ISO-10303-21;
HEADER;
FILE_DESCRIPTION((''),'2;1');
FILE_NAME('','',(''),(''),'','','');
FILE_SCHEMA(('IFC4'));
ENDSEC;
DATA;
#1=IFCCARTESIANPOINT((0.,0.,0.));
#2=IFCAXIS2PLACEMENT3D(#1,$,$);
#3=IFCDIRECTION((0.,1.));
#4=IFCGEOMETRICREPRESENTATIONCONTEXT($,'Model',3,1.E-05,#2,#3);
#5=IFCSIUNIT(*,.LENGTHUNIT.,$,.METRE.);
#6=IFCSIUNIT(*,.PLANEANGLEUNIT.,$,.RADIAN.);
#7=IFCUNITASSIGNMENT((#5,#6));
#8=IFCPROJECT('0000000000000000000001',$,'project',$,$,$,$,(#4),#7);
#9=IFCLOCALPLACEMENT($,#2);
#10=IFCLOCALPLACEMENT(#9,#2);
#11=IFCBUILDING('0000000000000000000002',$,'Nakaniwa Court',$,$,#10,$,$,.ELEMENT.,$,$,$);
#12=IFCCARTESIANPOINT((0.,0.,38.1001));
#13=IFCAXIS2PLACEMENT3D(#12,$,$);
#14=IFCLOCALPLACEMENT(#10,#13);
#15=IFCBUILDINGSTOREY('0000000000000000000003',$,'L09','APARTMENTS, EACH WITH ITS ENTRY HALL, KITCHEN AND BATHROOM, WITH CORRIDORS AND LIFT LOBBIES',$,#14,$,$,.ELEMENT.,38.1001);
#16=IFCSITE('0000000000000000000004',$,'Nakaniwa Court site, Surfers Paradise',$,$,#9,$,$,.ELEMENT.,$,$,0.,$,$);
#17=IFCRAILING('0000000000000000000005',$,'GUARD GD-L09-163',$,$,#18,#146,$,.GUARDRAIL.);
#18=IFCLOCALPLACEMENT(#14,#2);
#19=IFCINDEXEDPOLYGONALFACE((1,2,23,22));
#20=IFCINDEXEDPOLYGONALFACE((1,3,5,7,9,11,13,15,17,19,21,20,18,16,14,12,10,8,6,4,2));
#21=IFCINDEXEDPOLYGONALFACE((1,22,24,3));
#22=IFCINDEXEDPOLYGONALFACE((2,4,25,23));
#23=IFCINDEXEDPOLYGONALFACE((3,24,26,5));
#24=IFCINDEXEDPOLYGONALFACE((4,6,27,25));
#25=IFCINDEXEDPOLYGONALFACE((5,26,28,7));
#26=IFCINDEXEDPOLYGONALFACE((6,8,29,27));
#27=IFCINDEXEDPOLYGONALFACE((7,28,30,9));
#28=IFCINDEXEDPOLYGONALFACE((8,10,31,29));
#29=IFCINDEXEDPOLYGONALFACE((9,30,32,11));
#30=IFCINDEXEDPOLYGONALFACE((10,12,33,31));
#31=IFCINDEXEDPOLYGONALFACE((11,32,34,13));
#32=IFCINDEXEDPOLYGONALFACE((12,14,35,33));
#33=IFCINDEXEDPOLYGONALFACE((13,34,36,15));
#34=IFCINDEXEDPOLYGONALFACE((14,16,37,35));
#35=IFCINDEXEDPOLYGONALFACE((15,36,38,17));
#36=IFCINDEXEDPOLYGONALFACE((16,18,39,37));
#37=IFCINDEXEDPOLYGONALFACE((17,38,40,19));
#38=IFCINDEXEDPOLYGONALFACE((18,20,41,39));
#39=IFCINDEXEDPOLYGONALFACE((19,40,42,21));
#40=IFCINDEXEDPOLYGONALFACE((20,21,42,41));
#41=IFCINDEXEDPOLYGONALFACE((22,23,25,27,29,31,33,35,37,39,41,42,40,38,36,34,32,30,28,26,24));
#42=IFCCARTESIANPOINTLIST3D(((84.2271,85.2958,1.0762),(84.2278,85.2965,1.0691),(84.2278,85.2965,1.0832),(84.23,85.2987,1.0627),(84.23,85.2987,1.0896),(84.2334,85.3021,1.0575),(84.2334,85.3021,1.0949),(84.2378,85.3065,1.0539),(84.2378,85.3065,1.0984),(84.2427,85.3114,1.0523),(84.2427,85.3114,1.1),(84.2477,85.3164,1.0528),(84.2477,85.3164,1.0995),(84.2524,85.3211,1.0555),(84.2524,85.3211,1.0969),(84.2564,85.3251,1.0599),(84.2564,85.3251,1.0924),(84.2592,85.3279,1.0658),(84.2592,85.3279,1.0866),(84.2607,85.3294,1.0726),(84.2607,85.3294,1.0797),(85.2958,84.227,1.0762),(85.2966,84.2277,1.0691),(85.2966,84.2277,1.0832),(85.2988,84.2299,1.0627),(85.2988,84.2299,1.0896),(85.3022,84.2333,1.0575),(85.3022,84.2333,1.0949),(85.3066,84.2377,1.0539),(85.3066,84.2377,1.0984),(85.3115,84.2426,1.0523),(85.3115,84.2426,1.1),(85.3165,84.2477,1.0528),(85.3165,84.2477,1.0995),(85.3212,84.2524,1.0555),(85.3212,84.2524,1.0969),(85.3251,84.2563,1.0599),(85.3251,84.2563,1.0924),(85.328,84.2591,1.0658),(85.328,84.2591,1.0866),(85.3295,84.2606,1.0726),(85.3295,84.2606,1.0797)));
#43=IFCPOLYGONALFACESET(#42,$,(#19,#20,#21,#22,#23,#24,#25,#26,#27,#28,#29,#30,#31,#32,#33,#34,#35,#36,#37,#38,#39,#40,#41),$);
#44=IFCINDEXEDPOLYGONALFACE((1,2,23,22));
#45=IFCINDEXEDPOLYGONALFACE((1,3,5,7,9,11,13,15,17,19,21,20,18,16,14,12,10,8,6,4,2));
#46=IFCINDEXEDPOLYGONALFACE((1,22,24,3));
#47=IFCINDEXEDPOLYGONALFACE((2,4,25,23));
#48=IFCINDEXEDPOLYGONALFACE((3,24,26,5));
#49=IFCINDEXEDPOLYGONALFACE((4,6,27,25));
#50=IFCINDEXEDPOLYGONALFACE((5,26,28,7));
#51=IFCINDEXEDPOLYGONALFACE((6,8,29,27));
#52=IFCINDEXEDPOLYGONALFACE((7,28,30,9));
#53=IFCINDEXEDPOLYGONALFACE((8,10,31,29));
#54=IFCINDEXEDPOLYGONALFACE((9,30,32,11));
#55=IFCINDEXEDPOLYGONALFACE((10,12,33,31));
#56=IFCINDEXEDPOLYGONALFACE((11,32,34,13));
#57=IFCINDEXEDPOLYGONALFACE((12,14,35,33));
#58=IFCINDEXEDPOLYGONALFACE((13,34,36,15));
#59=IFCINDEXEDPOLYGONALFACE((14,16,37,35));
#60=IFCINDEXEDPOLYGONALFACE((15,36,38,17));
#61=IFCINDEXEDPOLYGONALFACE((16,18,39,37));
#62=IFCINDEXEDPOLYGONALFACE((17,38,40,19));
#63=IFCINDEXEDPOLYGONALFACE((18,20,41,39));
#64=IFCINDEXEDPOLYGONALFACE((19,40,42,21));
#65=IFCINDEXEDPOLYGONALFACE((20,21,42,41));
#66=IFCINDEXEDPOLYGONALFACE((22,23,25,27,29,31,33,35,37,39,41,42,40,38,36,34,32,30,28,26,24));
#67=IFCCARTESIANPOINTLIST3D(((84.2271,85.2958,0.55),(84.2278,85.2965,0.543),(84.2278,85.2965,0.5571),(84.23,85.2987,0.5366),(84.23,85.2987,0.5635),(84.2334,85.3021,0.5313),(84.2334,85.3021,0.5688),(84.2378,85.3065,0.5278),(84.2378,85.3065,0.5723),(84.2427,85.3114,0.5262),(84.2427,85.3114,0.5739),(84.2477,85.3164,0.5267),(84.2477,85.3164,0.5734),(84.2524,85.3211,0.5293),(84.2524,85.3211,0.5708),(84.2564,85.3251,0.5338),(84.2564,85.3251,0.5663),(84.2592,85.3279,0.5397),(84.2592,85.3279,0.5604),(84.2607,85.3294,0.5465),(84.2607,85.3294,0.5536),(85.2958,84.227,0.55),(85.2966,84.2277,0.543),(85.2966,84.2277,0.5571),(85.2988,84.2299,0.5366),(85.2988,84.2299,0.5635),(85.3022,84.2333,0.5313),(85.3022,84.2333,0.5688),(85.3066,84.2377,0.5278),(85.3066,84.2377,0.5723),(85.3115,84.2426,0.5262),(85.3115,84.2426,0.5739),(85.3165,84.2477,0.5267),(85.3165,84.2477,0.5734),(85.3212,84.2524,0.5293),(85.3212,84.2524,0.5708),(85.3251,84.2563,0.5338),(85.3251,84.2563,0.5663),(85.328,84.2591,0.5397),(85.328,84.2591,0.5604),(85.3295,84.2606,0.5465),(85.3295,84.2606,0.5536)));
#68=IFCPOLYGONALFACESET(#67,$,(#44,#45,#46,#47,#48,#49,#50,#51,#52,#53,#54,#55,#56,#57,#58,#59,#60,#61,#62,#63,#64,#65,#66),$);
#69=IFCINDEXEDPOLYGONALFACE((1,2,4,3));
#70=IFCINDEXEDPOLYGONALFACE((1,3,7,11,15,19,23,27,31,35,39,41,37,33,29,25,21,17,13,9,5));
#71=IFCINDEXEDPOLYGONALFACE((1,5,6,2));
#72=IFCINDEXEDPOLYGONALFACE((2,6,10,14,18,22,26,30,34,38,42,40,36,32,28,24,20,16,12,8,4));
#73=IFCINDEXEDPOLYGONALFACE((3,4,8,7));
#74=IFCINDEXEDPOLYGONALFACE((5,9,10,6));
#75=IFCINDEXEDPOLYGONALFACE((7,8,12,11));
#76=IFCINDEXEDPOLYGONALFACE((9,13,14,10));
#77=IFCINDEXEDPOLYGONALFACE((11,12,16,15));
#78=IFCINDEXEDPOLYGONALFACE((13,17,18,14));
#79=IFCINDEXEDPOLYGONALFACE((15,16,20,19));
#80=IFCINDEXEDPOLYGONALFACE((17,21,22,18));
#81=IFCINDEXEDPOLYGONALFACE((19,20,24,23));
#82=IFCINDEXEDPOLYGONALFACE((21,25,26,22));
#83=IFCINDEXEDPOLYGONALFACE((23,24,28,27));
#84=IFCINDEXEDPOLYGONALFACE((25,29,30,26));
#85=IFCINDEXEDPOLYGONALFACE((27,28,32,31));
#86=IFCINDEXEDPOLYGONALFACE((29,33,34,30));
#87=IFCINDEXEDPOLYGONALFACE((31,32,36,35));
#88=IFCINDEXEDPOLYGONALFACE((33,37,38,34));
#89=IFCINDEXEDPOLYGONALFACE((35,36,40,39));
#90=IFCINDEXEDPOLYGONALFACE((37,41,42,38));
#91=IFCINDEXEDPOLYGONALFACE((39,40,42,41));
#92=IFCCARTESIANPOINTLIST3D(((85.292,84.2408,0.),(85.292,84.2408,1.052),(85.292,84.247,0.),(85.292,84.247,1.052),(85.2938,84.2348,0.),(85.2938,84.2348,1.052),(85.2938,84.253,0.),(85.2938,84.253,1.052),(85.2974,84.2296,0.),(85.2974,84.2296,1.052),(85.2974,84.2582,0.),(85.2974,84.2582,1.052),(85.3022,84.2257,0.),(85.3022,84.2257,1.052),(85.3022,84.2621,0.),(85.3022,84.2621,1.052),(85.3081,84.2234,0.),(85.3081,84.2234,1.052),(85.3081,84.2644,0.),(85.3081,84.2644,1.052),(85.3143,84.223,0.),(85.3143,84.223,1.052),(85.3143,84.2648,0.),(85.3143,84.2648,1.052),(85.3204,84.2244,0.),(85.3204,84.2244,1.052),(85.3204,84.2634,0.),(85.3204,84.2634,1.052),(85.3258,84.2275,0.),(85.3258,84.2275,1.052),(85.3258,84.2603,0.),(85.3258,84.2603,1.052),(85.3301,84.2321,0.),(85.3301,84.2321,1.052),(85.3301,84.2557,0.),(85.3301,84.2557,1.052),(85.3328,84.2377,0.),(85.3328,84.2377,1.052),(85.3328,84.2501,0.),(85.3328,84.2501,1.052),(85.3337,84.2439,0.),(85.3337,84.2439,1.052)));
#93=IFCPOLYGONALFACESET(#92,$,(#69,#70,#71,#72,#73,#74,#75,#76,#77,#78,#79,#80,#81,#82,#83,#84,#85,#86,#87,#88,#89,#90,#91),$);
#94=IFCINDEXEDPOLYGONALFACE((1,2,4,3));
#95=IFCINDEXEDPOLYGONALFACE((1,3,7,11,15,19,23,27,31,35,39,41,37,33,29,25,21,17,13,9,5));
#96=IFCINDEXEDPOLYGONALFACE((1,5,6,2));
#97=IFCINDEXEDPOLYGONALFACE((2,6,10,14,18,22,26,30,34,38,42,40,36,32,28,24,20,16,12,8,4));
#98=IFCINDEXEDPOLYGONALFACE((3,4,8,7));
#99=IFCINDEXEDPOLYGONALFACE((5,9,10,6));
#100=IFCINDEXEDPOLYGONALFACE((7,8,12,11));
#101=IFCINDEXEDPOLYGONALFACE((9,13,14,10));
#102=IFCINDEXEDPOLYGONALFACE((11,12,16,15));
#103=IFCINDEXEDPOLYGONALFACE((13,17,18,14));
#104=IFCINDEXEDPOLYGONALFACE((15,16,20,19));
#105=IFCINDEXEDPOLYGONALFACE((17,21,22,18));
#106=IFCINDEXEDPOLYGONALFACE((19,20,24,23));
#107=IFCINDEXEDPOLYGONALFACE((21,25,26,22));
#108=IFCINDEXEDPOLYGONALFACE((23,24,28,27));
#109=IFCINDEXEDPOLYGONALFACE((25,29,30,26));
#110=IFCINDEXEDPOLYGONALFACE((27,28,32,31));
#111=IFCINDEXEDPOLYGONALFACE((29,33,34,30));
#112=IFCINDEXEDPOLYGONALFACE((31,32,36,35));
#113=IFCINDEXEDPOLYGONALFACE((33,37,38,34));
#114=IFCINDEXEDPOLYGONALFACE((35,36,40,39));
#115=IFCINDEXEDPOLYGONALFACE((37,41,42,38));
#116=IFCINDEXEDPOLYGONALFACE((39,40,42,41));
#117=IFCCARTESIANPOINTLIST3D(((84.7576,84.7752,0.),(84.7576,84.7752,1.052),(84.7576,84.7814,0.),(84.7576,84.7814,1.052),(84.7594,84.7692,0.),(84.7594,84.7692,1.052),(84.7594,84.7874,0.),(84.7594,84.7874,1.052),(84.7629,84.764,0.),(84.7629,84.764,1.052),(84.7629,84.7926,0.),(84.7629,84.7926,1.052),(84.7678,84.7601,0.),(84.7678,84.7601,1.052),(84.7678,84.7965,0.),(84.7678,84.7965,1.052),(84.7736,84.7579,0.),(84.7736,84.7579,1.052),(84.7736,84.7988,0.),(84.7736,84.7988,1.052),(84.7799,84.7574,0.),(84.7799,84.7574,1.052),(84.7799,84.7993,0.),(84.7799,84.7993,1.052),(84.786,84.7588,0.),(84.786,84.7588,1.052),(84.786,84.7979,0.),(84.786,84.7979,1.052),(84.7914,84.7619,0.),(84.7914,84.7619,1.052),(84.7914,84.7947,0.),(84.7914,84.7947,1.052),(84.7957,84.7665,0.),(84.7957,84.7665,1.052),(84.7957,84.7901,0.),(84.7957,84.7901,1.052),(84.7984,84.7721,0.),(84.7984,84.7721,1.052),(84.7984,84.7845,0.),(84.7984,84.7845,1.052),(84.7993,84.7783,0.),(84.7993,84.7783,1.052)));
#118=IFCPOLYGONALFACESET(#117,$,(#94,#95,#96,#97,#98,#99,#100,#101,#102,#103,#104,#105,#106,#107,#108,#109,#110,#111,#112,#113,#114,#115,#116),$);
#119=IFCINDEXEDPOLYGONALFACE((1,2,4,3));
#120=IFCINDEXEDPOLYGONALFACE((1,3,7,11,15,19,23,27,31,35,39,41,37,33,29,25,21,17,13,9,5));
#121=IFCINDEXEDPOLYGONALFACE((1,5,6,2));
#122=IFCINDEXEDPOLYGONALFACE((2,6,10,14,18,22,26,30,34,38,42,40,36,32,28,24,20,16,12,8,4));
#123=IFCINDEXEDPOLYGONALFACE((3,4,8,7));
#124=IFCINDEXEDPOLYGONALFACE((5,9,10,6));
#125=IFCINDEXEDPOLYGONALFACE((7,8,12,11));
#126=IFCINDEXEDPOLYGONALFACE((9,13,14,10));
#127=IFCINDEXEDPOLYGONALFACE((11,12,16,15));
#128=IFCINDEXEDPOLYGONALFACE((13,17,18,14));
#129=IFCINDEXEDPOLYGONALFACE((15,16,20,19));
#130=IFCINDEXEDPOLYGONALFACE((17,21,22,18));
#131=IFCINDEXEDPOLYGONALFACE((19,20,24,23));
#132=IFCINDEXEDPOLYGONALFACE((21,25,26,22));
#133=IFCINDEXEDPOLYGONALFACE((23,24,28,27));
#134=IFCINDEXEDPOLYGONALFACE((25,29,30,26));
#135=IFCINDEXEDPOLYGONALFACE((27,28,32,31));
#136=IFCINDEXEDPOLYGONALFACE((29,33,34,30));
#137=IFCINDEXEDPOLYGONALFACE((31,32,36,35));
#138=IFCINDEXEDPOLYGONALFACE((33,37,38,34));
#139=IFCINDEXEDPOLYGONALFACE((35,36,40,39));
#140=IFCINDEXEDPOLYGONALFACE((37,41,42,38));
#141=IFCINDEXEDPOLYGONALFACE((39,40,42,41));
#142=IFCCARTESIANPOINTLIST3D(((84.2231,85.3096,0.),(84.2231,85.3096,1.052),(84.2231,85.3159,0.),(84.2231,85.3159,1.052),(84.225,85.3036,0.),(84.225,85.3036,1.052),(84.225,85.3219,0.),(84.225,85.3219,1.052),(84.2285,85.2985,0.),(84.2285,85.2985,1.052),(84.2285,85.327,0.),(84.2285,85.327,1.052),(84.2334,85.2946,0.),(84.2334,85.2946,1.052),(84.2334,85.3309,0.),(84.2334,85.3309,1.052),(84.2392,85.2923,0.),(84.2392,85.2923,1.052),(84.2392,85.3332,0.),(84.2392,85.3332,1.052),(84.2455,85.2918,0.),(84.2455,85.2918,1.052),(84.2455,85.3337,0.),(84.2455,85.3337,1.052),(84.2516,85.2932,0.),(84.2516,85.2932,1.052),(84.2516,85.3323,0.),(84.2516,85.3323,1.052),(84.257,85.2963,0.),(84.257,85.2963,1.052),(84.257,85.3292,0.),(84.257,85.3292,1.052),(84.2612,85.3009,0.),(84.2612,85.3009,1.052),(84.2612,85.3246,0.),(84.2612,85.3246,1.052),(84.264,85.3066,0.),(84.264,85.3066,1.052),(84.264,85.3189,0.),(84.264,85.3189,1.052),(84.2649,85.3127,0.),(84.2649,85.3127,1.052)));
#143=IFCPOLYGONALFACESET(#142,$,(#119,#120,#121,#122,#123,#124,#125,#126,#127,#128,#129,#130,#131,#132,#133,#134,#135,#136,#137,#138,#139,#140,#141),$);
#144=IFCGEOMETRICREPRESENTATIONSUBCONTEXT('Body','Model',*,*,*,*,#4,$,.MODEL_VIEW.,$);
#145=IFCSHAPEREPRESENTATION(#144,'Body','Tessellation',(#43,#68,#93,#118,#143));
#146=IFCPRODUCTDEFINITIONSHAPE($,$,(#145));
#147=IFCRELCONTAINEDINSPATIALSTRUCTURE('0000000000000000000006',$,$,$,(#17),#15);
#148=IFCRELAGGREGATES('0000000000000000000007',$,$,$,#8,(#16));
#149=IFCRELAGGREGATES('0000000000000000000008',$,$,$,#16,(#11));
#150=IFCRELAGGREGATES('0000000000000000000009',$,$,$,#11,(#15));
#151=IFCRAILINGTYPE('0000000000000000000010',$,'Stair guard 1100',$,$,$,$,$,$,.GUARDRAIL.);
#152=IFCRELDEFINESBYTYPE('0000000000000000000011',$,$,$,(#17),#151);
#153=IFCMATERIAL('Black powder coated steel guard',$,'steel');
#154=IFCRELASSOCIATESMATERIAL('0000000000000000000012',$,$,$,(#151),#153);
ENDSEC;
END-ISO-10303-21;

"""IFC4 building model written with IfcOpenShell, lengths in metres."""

from ifc_helpers import new_model, si_unit, direction, frame, origin, origin_2d, place, context, subcontext, project, spatial, circle, extrude, material, type_object, element, save


model = new_model("IFC4")

# Units and contexts
model_context = context("Model", 3, precision=1e-05, world=origin(), true_north=direction((0.0, 1.0)))
body_context = subcontext(model_context, "Body", "Model", "MODEL_VIEW")
ifc_project = project(units=[si_unit("LENGTHUNIT", "METRE"), si_unit("PLANEANGLEUNIT", "RADIAN")], contexts=[model_context])

# Site, building, storey
site_placement = place(None, origin())
site = spatial("IfcSite", under=ifc_project, at=site_placement, Name="Nakaniwa Court site, Surfers Paradise", CompositionType="ELEMENT", RefElevation=0.0)
building_placement = place(site_placement, origin())
building = spatial("IfcBuilding", under=site, at=building_placement, Name="Nakaniwa Court", CompositionType="ELEMENT")
storey_placement = place(building_placement, frame((0.0, 0.0, 38.1001)))
storey = spatial("IfcBuildingStorey", under=building, at=storey_placement, Name="L09", Description="APARTMENTS, EACH WITH ITS ENTRY HALL, KITCHEN AND BATHROOM, WITH CORRIDORS AND LIFT LOBBIES", CompositionType="ELEMENT", Elevation=38.1001)

# Railing
ifc_material_1 = material(Name="Black powder coated steel guard", Category="steel")
railing_type = type_object("IfcRailingType", Name="Stair guard 1100", PredefinedType="GUARDRAIL", material=ifc_material_1)
railing_1_placement = place(storey_placement, frame((85.3127, 84.2439, 0.0)))
element("IfcRailing", 1, at=railing_1_placement, inside=storey, type_object=railing_type, Name="GUARD GD-L09-163", PredefinedType="GUARDRAIL", context=body_context, shape_type="SweptSolid", body=[
    extrude(circle(Radius=0.0239, at=origin_2d()), frame((0.0, 0.0, 1.0762), z_axis=(-0.707107, 0.707107, 0.0), x_axis=(-0.707107, -0.707107, 0.0)), (0.0, 0.0, 1.0), 1.5115),
    extrude(circle(Radius=0.0239, at=origin_2d()), frame((0.0, 0.0, 0.55), z_axis=(-0.707107, 0.707107, 0.0), x_axis=(-0.707107, -0.707107, 0.0)), (0.0, 0.0, 1.0), 1.5115),
    extrude(circle(Radius=0.021, at=origin_2d()), origin(), (0.0, 0.0, 1.0), 1.052),
    extrude(circle(Radius=0.021, at=origin_2d()), frame((-0.5344, 0.5344, 0.0)), (0.0, 0.0, 1.0), 1.052),
    extrude(circle(Radius=0.021, at=origin_2d()), frame((-1.0688, 1.0688, 0.0)), (0.0, 0.0, 1.0), 1.052),
])

save(model, "model.ifc")
